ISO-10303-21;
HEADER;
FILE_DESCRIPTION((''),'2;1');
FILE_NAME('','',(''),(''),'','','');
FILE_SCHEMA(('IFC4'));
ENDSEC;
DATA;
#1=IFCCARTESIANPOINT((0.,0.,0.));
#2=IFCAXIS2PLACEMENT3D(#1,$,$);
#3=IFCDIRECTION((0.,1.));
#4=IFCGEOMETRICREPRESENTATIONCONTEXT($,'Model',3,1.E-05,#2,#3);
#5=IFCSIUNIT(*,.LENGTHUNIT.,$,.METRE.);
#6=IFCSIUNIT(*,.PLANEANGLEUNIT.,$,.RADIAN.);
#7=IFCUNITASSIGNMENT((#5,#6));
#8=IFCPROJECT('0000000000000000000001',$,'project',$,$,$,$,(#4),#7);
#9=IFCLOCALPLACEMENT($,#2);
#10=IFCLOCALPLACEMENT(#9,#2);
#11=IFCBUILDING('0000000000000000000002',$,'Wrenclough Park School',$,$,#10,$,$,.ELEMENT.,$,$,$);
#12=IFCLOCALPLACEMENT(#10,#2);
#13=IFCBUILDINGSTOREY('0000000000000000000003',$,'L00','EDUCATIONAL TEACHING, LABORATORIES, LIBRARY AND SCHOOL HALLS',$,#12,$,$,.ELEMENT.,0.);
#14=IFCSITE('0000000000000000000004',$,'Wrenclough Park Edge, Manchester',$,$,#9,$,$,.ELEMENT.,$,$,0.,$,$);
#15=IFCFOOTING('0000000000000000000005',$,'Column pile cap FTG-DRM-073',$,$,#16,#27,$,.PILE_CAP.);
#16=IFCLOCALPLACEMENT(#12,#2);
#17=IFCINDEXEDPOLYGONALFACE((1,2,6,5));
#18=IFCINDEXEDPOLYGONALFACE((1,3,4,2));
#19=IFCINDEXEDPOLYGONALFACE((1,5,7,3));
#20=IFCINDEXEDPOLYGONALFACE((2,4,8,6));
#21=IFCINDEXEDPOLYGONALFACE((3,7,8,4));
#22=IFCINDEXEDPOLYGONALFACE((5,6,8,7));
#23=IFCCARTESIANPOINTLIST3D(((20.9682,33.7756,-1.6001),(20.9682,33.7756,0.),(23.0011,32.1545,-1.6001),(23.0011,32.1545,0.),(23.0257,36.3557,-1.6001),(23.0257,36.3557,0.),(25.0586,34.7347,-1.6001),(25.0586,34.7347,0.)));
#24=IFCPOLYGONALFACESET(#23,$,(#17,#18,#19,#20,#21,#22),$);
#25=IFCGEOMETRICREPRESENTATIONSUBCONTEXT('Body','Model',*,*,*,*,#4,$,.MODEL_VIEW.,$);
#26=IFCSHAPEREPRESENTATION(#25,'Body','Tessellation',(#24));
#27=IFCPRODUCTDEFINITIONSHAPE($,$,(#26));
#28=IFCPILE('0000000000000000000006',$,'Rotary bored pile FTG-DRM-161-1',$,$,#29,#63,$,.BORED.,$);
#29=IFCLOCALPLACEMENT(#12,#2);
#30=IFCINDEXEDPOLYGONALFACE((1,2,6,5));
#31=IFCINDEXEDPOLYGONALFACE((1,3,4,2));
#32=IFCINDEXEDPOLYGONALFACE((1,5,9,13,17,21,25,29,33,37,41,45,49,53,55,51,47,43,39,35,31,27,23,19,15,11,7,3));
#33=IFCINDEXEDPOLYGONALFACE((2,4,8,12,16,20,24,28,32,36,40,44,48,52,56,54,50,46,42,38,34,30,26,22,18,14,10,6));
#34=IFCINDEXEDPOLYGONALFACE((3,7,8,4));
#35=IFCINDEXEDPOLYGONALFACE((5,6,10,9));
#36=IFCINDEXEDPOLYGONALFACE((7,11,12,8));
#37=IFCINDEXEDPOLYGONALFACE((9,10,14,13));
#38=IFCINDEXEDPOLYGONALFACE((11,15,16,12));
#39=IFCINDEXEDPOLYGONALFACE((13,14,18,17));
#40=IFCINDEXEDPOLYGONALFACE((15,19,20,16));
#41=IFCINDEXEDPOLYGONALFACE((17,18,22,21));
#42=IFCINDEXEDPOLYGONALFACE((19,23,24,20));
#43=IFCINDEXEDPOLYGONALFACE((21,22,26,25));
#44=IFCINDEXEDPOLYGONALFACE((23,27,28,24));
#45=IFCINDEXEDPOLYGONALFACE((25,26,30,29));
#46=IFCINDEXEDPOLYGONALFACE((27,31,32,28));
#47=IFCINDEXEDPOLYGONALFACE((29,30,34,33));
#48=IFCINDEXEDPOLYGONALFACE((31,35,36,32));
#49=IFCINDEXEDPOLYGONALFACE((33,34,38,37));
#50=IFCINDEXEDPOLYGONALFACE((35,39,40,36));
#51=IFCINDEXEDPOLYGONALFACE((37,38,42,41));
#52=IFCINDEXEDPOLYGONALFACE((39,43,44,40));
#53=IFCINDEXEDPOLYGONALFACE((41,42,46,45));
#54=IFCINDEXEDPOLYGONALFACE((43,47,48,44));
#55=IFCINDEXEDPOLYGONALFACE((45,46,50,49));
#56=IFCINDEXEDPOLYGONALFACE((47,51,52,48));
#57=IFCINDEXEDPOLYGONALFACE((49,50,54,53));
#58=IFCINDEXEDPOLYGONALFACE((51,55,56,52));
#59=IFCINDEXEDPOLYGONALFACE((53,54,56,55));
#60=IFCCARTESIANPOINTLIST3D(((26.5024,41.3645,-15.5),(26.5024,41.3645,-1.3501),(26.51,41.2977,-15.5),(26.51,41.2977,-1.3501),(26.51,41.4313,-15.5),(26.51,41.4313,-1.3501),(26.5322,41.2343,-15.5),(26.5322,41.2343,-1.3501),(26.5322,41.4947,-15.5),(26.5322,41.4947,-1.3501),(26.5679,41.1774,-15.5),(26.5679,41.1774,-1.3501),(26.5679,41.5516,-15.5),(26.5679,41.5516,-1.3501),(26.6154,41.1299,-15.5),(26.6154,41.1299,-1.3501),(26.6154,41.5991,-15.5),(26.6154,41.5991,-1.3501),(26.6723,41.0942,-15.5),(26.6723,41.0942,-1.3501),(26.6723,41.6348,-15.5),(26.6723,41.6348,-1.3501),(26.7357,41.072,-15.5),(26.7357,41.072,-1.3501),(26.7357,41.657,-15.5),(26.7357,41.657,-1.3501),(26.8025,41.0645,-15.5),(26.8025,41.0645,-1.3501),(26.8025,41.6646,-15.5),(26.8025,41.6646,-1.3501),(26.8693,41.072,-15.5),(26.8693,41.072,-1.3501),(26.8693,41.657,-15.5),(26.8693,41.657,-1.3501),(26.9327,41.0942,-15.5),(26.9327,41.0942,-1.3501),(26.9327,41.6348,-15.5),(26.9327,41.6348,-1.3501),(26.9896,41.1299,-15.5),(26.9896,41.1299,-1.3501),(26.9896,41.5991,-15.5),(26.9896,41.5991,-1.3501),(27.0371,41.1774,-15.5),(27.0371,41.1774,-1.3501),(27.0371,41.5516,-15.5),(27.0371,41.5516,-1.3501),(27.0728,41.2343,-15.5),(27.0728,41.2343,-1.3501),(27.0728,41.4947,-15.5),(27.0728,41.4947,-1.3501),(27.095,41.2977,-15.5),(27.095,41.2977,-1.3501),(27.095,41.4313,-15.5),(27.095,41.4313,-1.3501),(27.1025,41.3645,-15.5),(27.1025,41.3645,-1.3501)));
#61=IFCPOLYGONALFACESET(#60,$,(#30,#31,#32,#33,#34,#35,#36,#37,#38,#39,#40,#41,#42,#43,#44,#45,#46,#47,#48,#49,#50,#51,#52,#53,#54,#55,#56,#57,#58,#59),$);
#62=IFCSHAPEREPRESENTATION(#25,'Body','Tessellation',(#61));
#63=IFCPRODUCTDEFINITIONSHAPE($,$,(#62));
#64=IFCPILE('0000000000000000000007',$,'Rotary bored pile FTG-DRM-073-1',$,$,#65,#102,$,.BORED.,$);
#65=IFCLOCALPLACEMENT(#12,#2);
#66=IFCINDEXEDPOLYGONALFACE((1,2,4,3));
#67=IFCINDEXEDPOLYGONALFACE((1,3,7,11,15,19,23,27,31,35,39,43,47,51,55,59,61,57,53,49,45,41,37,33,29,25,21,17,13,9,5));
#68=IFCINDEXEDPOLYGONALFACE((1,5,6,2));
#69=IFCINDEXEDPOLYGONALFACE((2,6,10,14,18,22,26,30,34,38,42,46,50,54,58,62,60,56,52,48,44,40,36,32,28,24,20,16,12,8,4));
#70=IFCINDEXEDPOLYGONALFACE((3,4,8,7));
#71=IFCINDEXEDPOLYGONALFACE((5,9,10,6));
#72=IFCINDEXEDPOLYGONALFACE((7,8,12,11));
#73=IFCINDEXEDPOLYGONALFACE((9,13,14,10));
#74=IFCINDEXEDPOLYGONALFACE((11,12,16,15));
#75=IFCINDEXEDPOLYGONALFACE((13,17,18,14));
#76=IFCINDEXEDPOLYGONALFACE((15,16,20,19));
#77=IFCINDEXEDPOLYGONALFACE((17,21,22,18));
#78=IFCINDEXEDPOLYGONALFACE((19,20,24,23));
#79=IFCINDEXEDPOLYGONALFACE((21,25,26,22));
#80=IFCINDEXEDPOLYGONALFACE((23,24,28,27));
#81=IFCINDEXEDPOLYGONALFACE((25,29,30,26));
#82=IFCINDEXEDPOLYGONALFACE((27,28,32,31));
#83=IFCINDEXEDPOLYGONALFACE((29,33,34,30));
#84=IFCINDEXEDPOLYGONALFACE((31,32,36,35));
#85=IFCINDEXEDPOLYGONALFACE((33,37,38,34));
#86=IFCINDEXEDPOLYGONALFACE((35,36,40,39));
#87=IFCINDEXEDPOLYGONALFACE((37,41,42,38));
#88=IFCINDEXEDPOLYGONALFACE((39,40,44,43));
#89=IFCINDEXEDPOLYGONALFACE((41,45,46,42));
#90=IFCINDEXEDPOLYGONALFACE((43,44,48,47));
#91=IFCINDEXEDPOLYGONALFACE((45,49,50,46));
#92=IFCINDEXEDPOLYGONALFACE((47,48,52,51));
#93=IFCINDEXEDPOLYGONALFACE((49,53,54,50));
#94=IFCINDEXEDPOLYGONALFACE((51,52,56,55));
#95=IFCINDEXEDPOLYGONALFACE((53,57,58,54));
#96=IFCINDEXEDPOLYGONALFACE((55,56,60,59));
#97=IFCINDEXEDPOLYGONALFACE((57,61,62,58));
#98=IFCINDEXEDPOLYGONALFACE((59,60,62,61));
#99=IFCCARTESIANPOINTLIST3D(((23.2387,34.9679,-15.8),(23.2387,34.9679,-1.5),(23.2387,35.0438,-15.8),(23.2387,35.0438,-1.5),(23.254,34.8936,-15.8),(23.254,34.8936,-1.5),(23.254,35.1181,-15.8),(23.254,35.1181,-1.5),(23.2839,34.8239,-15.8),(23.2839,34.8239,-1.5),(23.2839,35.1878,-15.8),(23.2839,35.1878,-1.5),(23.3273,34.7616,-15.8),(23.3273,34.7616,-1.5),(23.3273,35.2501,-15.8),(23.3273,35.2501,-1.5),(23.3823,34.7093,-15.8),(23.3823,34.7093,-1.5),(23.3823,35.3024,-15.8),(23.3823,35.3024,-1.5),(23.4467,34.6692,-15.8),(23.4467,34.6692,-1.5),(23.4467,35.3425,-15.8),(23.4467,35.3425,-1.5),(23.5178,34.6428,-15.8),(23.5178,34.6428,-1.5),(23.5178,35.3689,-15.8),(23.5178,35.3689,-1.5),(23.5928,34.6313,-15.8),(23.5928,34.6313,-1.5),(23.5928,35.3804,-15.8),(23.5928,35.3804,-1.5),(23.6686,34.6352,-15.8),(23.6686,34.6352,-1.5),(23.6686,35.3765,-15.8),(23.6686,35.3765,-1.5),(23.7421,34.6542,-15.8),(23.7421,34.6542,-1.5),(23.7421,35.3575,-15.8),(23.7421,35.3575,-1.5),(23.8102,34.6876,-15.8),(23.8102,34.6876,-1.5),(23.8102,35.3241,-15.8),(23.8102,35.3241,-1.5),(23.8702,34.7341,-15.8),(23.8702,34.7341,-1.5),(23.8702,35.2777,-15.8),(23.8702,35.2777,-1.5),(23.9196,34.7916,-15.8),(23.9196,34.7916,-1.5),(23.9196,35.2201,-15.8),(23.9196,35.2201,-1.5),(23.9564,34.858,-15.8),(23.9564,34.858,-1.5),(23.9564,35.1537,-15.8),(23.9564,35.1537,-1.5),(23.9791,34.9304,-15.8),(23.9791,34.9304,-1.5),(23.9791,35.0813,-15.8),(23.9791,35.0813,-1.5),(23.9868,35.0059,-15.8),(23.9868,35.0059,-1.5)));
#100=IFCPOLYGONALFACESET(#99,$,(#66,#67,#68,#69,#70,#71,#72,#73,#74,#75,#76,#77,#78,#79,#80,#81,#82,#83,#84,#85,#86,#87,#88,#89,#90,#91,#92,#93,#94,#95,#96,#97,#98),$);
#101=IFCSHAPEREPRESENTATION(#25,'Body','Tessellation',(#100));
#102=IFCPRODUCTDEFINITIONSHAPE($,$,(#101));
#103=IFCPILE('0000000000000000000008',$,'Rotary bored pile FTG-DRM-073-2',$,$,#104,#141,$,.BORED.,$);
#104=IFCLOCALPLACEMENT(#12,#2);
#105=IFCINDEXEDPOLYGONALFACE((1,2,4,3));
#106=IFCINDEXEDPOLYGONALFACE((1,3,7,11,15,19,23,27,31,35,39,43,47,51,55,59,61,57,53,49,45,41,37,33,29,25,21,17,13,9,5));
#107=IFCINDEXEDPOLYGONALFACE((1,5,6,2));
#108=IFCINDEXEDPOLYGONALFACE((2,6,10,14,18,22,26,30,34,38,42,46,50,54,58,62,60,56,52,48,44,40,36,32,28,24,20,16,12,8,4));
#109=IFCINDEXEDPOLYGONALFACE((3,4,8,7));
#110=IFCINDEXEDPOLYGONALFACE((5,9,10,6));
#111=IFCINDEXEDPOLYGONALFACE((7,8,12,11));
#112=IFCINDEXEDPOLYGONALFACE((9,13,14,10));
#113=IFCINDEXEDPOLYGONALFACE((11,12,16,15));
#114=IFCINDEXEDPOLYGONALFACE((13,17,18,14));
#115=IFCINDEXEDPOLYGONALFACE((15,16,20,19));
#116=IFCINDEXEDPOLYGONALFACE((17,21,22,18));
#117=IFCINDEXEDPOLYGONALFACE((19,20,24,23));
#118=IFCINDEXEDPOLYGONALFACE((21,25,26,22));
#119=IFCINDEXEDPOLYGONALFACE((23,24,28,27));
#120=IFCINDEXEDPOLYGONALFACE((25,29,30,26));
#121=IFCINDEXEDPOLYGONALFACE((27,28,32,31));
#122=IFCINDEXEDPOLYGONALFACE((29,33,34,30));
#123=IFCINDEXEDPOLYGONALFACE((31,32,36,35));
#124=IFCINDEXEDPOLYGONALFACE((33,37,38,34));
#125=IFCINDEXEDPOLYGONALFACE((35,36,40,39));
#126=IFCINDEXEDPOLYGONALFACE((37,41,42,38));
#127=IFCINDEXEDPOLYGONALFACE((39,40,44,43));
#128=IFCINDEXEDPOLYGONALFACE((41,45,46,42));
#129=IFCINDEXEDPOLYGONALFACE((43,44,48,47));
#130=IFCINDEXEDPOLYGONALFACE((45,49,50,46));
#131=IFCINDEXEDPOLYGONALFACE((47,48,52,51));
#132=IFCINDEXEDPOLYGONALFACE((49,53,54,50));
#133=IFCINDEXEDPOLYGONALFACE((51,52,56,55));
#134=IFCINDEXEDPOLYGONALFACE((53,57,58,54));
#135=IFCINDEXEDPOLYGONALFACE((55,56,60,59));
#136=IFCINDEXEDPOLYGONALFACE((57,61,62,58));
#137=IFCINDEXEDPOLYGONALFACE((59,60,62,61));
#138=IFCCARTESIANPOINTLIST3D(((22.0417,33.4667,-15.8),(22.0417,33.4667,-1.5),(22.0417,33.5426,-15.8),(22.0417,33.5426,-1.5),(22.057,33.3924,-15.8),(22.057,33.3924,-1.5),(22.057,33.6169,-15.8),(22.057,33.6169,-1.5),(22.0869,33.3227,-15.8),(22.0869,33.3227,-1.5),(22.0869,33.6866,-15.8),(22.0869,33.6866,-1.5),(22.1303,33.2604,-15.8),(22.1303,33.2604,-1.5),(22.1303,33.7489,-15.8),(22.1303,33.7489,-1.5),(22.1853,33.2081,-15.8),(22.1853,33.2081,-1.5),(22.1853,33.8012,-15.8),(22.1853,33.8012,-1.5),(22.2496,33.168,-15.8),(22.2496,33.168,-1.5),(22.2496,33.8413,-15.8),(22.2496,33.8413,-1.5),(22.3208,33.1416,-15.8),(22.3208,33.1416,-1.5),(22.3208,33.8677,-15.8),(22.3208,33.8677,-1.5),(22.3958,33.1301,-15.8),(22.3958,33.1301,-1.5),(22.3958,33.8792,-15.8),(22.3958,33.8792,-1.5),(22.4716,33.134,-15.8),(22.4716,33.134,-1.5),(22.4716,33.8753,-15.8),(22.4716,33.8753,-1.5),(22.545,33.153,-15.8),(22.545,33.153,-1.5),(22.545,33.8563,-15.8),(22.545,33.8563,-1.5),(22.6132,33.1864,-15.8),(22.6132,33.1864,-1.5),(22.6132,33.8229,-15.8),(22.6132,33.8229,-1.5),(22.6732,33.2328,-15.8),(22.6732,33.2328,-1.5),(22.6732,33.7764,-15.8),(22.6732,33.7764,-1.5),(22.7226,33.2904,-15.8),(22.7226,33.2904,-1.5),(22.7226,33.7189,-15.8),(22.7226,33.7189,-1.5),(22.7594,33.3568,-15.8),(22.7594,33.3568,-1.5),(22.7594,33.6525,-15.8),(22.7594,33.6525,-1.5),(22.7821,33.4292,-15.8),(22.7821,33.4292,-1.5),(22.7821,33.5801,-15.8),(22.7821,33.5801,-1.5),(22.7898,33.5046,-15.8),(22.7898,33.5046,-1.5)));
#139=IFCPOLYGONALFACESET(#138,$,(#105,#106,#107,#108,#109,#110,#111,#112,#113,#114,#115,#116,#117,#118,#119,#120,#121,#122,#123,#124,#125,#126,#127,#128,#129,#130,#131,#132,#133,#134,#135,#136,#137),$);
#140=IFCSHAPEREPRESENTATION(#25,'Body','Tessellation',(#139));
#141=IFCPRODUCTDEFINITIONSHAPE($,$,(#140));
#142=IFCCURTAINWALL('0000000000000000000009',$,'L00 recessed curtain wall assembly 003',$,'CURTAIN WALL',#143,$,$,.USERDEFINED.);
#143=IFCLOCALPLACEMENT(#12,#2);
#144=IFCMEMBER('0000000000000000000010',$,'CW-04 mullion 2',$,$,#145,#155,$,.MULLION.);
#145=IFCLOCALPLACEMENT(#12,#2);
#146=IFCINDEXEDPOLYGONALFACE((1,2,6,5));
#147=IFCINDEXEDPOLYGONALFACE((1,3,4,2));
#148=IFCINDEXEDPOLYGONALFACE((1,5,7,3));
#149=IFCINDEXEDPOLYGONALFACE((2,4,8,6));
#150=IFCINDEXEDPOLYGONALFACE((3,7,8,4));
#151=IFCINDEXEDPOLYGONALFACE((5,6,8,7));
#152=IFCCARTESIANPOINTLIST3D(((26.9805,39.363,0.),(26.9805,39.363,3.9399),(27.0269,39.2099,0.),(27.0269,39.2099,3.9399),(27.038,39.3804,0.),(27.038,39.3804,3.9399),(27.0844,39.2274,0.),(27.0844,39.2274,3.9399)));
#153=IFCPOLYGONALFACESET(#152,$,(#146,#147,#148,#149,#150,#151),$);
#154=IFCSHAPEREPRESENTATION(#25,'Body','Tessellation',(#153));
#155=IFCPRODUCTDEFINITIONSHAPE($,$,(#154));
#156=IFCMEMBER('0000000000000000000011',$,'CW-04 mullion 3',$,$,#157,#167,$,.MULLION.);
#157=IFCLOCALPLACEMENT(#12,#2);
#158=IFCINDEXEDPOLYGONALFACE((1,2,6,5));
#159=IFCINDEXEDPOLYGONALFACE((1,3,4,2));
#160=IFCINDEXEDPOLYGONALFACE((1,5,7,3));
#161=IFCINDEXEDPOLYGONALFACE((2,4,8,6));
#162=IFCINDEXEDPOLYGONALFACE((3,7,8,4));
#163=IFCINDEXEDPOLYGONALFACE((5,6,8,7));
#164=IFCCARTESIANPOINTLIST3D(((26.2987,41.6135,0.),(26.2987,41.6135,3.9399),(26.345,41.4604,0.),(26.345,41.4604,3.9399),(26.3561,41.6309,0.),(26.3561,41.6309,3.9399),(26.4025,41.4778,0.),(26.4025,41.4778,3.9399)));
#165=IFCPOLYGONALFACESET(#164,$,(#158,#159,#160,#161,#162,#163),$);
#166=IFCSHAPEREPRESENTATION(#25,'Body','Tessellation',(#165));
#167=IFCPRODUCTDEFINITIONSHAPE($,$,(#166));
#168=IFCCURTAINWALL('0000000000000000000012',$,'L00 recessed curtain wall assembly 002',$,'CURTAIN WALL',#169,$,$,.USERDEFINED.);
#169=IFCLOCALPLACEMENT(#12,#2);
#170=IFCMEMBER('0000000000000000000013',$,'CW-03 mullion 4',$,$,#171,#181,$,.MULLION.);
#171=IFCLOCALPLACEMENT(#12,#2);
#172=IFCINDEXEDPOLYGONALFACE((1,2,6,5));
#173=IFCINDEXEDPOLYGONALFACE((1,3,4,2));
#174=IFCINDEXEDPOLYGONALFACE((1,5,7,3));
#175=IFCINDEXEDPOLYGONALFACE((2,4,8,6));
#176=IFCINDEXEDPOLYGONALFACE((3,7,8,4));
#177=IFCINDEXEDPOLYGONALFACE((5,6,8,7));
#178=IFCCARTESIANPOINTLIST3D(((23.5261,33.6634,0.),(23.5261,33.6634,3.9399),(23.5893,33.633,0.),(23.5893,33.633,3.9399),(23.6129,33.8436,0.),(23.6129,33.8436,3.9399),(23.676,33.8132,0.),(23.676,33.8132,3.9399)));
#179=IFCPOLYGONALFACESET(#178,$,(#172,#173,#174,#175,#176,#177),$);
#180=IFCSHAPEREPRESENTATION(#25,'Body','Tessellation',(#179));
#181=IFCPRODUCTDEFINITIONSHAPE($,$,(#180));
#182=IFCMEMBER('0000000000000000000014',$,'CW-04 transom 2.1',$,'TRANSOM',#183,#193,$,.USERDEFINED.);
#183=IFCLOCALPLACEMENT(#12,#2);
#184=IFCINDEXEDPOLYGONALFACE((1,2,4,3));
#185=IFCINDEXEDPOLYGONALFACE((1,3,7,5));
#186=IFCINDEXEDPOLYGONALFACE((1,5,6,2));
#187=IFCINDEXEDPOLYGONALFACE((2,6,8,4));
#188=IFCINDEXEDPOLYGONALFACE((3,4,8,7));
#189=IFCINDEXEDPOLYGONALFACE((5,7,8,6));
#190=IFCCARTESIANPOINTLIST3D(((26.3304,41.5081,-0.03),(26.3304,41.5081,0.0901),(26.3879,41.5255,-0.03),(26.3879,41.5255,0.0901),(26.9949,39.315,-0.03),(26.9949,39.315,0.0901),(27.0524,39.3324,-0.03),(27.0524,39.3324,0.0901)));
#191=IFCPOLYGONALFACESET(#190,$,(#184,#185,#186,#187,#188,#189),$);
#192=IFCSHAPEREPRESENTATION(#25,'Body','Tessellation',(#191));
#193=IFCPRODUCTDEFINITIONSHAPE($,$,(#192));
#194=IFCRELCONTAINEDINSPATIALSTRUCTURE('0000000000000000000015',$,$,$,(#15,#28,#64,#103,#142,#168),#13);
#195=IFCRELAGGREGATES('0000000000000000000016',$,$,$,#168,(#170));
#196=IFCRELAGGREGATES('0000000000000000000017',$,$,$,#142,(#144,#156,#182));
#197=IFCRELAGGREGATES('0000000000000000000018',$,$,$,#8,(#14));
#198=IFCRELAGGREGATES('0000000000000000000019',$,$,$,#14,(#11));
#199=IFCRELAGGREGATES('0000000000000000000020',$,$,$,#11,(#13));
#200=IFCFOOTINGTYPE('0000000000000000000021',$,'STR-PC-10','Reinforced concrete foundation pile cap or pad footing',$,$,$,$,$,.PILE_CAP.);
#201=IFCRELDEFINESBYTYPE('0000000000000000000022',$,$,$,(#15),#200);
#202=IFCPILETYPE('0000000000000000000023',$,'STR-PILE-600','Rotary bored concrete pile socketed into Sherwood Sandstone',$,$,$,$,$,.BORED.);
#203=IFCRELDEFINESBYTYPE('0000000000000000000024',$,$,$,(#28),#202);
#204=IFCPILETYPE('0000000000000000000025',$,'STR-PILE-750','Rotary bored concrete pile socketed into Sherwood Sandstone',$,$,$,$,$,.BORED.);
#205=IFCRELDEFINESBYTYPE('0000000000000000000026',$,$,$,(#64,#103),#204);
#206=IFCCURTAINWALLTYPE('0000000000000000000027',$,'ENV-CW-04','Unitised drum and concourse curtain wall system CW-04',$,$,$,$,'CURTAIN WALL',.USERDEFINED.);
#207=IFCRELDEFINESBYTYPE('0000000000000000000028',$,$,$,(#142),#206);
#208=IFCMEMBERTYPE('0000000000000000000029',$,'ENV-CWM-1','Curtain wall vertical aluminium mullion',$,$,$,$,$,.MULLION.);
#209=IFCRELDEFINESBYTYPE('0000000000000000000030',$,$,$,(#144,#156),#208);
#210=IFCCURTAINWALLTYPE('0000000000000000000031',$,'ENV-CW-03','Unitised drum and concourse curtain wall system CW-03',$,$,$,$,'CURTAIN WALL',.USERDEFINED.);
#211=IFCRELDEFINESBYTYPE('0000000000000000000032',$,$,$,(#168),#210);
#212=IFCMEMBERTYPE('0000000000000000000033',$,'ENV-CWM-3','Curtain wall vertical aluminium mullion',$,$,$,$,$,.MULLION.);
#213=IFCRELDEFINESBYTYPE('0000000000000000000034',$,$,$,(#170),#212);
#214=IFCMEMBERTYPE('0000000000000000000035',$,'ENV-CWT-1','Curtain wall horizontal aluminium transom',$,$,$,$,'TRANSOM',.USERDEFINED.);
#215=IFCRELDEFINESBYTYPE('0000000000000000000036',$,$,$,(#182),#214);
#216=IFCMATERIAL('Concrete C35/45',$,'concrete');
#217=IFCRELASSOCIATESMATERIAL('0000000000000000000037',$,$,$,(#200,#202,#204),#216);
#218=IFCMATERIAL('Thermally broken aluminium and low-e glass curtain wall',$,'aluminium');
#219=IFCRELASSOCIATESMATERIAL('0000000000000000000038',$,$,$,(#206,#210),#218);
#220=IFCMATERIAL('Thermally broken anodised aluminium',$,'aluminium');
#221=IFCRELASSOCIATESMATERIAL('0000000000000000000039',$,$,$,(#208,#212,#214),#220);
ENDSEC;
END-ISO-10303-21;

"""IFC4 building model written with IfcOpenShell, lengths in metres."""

from ifc_helpers import new_model, si_unit, direction, frame, origin, origin_2d, place, context, subcontext, project, spatial, rectangle, circle, extrude, material, material_profile, profile_set, type_object, element, aggregate, save


model = new_model("IFC4")

# Units and contexts
model_context = context("Model", 3, precision=1e-05, world=origin(), true_north=direction((0.0, 1.0)))
body_context = subcontext(model_context, "Body", "Model", "MODEL_VIEW")
ifc_project = project(units=[si_unit("LENGTHUNIT", "METRE"), si_unit("PLANEANGLEUNIT", "RADIAN")], contexts=[model_context])

# Site, building, storey
site_placement = place(None, origin())
site = spatial("IfcSite", under=ifc_project, at=site_placement, Name="Wrenclough Park Edge, Manchester", CompositionType="ELEMENT", RefElevation=0.0)
building_placement = place(site_placement, origin())
building = spatial("IfcBuilding", under=site, at=building_placement, Name="Wrenclough Park School", CompositionType="ELEMENT")
storey_placement = place(building_placement, origin())
storey = spatial("IfcBuildingStorey", under=building, at=storey_placement, Name="L00", Description="EDUCATIONAL TEACHING, LABORATORIES, LIBRARY AND SCHOOL HALLS", CompositionType="ELEMENT", Elevation=0.0)

# Footing
ifc_material_1 = material(Name="Concrete C35/45", Category="concrete")
footing_type = type_object("IfcFootingType", Name="STR-PC-10", Description="Reinforced concrete foundation pile cap or pad footing", PredefinedType="PILE_CAP", material=ifc_material_1)
footing_placement = place(storey_placement, frame((23.0134, 34.2551, -1.6001), z_axis=(0.0, 0.0, 1.0), x_axis=(-0.62347, -0.781847, 0.0)))
element("IfcFooting", 1, at=footing_placement, inside=storey, type_object=footing_type, Name="Column pile cap FTG-DRM-073", PredefinedType="PILE_CAP", context=body_context, shape_type="SweptSolid", body=[
    extrude(rectangle(XDim=3.3, YDim=2.6001, at=origin_2d()), origin(), (0.0, 0.0, 1.0), 1.6001),
])

# Piles
ifc_material_profile_1 = material_profile(ifc_material_1, circle(Radius=0.3, at=origin_2d()), Name="BORED PILE D600")
ifc_profile_set_1 = profile_set([ifc_material_profile_1], Name="Concrete C35/45")
pile_type_1 = type_object("IfcPileType", Name="STR-PILE-600", Description="Rotary bored concrete pile socketed into Sherwood Sandstone", PredefinedType="BORED", material=ifc_profile_set_1)
pile_placement = place(storey_placement, frame((26.8025, 41.3645, -1.3501), z_axis=(0.0, 0.0, -1.0), x_axis=(1.0, 0.0, 0.0)))
element("IfcPile", 2, at=pile_placement, inside=storey, type_object=pile_type_1, Name="Rotary bored pile FTG-DRM-161-1", PredefinedType="BORED", context=body_context, shape_type="SweptSolid", body=[
    extrude(circle(Radius=0.3, at=origin_2d()), origin(), (0.0, 0.0, 1.0), 14.1499),
])
ifc_material_profile_2 = material_profile(ifc_material_1, circle(Radius=0.375, at=origin_2d()), Name="BORED PILE D750")
ifc_profile_set_2 = profile_set([ifc_material_profile_2], Name="Concrete C35/45")
pile_type_2 = type_object("IfcPileType", Name="STR-PILE-750", Description="Rotary bored concrete pile socketed into Sherwood Sandstone", PredefinedType="BORED", material=ifc_profile_set_2)
for number, where, z_axis, x_axis, name in (
    (3, (23.6118, 35.0059, -1.5), (0.0, 0.0, -1.0), (1.0, 0.0, 0.0), "Rotary bored pile FTG-DRM-073-1"),
    (4, (22.4148, 33.5046, -1.5), (0.0, 0.0, -1.0), (1.0, 0.0, 0.0), "Rotary bored pile FTG-DRM-073-2"),
):
    element("IfcPile", number, at=place(storey_placement, frame(where, z_axis=z_axis, x_axis=x_axis)), inside=storey, type_object=pile_type_2, Name=name, PredefinedType="BORED", context=body_context, shape_type="SweptSolid", body=[
        extrude(circle(Radius=0.375, at=origin_2d()), origin(), (0.0, 0.0, 1.0), 14.3),
    ])

# Curtain wall, members
ifc_material_2 = material(Name="Thermally broken aluminium and low-e glass curtain wall", Category="aluminium")
curtain_wall_type_1 = type_object("IfcCurtainWallType", Name="ENV-CW-04", Description="Unitised drum and concourse curtain wall system CW-04", ElementType="CURTAIN WALL", PredefinedType="USERDEFINED", material=ifc_material_2)
curtain_wall_1_placement = place(storey_placement, origin())
curtain_wall_1 = element("IfcCurtainWall", 5, at=curtain_wall_1_placement, inside=storey, type_object=curtain_wall_type_1, Name="L00 recessed curtain wall assembly 003", ObjectType="CURTAIN WALL", PredefinedType="USERDEFINED")
ifc_material_3 = material(Name="Thermally broken anodised aluminium", Category="aluminium")
ifc_material_profile_3 = material_profile(ifc_material_3, rectangle(XDim=0.0601, YDim=0.1599, at=origin_2d()), Name="AL MULLION 60x160")
ifc_profile_set_3 = profile_set([ifc_material_profile_3], Name="Thermally broken anodised aluminium")
member_type_1 = type_object("IfcMemberType", Name="ENV-CWM-1", Description="Curtain wall vertical aluminium mullion", PredefinedType="MULLION", material=ifc_profile_set_3)
member_1_placement = place(storey_placement, frame((27.0325, 39.2952, 0.0), z_axis=(0.0, 0.0, 1.0), x_axis=(-0.95703, -0.289988, 0.0)))
member_1 = element("IfcMember", 6, at=member_1_placement, type_object=member_type_1, Name="CW-04 mullion 2", PredefinedType="MULLION", context=body_context, shape_type="SweptSolid", body=[
    extrude(rectangle(XDim=0.0601, YDim=0.1599, at=origin_2d()), origin(), (0.0, 0.0, 1.0), 3.9399),
])
member_2_placement = place(storey_placement, frame((26.3506, 41.5457, 0.0), z_axis=(0.0, 0.0, 1.0), x_axis=(-0.95703, -0.289988, 0.0)))
member_2 = element("IfcMember", 7, at=member_2_placement, type_object=member_type_1, Name="CW-04 mullion 3", PredefinedType="MULLION", context=body_context, shape_type="SweptSolid", body=[
    extrude(rectangle(XDim=0.0601, YDim=0.1599, at=origin_2d()), origin(), (0.0, 0.0, 1.0), 3.9399),
])

# Curtain wall, member
curtain_wall_type_2 = type_object("IfcCurtainWallType", Name="ENV-CW-03", Description="Unitised drum and concourse curtain wall system CW-03", ElementType="CURTAIN WALL", PredefinedType="USERDEFINED", material=ifc_material_2)
curtain_wall_2_placement = place(storey_placement, origin())
curtain_wall_2 = element("IfcCurtainWall", 8, at=curtain_wall_2_placement, inside=storey, type_object=curtain_wall_type_2, Name="L00 recessed curtain wall assembly 002", ObjectType="CURTAIN WALL", PredefinedType="USERDEFINED")
ifc_material_profile_4 = material_profile(ifc_material_3, rectangle(XDim=0.0701, YDim=0.2, at=origin_2d()), Name="AL MULLION 70x200")
ifc_profile_set_4 = profile_set([ifc_material_profile_4], Name="Thermally broken anodised aluminium")
member_type_2 = type_object("IfcMemberType", Name="ENV-CWM-3", Description="Curtain wall vertical aluminium mullion", PredefinedType="MULLION", material=ifc_profile_set_4)
member_3_placement = place(storey_placement, frame((23.6011, 33.7383, 0.0), z_axis=(0.0, 0.0, 1.0), x_axis=(-0.900964, 0.433895, 0.0)))
member_3 = element("IfcMember", 9, at=member_3_placement, type_object=member_type_2, Name="CW-03 mullion 4", PredefinedType="MULLION", context=body_context, shape_type="SweptSolid", body=[
    extrude(rectangle(XDim=0.0701, YDim=0.2, at=origin_2d()), origin(), (0.0, 0.0, 1.0), 3.9399),
])

# Member
ifc_material_profile_5 = material_profile(ifc_material_3, rectangle(XDim=0.0601, YDim=0.1201, at=origin_2d()), Name="AL TRANSOM 60x120")
ifc_profile_set_5 = profile_set([ifc_material_profile_5], Name="Thermally broken anodised aluminium")
member_type_3 = type_object("IfcMemberType", Name="ENV-CWT-1", Description="Curtain wall horizontal aluminium transom", ElementType="TRANSOM", PredefinedType="USERDEFINED", material=ifc_profile_set_5)
member_4_placement = place(storey_placement, frame((27.0237, 39.3237, 0.03), z_axis=(-0.289996, 0.957028, 0.0), x_axis=(-0.957028, -0.289996, 0.0)))
member_4 = element("IfcMember", 10, at=member_4_placement, type_object=member_type_3, Name="CW-04 transom 2.1", ObjectType="TRANSOM", PredefinedType="USERDEFINED", context=body_context, shape_type="SweptSolid", body=[
    extrude(rectangle(XDim=0.0601, YDim=0.1201, at=origin_2d()), origin(), (0.0, 0.0, 1.0), 2.2915),
])

aggregate(curtain_wall_2, [member_3])
aggregate(curtain_wall_1, [member_1, member_2, member_4])

save(model, "model.ifc")
